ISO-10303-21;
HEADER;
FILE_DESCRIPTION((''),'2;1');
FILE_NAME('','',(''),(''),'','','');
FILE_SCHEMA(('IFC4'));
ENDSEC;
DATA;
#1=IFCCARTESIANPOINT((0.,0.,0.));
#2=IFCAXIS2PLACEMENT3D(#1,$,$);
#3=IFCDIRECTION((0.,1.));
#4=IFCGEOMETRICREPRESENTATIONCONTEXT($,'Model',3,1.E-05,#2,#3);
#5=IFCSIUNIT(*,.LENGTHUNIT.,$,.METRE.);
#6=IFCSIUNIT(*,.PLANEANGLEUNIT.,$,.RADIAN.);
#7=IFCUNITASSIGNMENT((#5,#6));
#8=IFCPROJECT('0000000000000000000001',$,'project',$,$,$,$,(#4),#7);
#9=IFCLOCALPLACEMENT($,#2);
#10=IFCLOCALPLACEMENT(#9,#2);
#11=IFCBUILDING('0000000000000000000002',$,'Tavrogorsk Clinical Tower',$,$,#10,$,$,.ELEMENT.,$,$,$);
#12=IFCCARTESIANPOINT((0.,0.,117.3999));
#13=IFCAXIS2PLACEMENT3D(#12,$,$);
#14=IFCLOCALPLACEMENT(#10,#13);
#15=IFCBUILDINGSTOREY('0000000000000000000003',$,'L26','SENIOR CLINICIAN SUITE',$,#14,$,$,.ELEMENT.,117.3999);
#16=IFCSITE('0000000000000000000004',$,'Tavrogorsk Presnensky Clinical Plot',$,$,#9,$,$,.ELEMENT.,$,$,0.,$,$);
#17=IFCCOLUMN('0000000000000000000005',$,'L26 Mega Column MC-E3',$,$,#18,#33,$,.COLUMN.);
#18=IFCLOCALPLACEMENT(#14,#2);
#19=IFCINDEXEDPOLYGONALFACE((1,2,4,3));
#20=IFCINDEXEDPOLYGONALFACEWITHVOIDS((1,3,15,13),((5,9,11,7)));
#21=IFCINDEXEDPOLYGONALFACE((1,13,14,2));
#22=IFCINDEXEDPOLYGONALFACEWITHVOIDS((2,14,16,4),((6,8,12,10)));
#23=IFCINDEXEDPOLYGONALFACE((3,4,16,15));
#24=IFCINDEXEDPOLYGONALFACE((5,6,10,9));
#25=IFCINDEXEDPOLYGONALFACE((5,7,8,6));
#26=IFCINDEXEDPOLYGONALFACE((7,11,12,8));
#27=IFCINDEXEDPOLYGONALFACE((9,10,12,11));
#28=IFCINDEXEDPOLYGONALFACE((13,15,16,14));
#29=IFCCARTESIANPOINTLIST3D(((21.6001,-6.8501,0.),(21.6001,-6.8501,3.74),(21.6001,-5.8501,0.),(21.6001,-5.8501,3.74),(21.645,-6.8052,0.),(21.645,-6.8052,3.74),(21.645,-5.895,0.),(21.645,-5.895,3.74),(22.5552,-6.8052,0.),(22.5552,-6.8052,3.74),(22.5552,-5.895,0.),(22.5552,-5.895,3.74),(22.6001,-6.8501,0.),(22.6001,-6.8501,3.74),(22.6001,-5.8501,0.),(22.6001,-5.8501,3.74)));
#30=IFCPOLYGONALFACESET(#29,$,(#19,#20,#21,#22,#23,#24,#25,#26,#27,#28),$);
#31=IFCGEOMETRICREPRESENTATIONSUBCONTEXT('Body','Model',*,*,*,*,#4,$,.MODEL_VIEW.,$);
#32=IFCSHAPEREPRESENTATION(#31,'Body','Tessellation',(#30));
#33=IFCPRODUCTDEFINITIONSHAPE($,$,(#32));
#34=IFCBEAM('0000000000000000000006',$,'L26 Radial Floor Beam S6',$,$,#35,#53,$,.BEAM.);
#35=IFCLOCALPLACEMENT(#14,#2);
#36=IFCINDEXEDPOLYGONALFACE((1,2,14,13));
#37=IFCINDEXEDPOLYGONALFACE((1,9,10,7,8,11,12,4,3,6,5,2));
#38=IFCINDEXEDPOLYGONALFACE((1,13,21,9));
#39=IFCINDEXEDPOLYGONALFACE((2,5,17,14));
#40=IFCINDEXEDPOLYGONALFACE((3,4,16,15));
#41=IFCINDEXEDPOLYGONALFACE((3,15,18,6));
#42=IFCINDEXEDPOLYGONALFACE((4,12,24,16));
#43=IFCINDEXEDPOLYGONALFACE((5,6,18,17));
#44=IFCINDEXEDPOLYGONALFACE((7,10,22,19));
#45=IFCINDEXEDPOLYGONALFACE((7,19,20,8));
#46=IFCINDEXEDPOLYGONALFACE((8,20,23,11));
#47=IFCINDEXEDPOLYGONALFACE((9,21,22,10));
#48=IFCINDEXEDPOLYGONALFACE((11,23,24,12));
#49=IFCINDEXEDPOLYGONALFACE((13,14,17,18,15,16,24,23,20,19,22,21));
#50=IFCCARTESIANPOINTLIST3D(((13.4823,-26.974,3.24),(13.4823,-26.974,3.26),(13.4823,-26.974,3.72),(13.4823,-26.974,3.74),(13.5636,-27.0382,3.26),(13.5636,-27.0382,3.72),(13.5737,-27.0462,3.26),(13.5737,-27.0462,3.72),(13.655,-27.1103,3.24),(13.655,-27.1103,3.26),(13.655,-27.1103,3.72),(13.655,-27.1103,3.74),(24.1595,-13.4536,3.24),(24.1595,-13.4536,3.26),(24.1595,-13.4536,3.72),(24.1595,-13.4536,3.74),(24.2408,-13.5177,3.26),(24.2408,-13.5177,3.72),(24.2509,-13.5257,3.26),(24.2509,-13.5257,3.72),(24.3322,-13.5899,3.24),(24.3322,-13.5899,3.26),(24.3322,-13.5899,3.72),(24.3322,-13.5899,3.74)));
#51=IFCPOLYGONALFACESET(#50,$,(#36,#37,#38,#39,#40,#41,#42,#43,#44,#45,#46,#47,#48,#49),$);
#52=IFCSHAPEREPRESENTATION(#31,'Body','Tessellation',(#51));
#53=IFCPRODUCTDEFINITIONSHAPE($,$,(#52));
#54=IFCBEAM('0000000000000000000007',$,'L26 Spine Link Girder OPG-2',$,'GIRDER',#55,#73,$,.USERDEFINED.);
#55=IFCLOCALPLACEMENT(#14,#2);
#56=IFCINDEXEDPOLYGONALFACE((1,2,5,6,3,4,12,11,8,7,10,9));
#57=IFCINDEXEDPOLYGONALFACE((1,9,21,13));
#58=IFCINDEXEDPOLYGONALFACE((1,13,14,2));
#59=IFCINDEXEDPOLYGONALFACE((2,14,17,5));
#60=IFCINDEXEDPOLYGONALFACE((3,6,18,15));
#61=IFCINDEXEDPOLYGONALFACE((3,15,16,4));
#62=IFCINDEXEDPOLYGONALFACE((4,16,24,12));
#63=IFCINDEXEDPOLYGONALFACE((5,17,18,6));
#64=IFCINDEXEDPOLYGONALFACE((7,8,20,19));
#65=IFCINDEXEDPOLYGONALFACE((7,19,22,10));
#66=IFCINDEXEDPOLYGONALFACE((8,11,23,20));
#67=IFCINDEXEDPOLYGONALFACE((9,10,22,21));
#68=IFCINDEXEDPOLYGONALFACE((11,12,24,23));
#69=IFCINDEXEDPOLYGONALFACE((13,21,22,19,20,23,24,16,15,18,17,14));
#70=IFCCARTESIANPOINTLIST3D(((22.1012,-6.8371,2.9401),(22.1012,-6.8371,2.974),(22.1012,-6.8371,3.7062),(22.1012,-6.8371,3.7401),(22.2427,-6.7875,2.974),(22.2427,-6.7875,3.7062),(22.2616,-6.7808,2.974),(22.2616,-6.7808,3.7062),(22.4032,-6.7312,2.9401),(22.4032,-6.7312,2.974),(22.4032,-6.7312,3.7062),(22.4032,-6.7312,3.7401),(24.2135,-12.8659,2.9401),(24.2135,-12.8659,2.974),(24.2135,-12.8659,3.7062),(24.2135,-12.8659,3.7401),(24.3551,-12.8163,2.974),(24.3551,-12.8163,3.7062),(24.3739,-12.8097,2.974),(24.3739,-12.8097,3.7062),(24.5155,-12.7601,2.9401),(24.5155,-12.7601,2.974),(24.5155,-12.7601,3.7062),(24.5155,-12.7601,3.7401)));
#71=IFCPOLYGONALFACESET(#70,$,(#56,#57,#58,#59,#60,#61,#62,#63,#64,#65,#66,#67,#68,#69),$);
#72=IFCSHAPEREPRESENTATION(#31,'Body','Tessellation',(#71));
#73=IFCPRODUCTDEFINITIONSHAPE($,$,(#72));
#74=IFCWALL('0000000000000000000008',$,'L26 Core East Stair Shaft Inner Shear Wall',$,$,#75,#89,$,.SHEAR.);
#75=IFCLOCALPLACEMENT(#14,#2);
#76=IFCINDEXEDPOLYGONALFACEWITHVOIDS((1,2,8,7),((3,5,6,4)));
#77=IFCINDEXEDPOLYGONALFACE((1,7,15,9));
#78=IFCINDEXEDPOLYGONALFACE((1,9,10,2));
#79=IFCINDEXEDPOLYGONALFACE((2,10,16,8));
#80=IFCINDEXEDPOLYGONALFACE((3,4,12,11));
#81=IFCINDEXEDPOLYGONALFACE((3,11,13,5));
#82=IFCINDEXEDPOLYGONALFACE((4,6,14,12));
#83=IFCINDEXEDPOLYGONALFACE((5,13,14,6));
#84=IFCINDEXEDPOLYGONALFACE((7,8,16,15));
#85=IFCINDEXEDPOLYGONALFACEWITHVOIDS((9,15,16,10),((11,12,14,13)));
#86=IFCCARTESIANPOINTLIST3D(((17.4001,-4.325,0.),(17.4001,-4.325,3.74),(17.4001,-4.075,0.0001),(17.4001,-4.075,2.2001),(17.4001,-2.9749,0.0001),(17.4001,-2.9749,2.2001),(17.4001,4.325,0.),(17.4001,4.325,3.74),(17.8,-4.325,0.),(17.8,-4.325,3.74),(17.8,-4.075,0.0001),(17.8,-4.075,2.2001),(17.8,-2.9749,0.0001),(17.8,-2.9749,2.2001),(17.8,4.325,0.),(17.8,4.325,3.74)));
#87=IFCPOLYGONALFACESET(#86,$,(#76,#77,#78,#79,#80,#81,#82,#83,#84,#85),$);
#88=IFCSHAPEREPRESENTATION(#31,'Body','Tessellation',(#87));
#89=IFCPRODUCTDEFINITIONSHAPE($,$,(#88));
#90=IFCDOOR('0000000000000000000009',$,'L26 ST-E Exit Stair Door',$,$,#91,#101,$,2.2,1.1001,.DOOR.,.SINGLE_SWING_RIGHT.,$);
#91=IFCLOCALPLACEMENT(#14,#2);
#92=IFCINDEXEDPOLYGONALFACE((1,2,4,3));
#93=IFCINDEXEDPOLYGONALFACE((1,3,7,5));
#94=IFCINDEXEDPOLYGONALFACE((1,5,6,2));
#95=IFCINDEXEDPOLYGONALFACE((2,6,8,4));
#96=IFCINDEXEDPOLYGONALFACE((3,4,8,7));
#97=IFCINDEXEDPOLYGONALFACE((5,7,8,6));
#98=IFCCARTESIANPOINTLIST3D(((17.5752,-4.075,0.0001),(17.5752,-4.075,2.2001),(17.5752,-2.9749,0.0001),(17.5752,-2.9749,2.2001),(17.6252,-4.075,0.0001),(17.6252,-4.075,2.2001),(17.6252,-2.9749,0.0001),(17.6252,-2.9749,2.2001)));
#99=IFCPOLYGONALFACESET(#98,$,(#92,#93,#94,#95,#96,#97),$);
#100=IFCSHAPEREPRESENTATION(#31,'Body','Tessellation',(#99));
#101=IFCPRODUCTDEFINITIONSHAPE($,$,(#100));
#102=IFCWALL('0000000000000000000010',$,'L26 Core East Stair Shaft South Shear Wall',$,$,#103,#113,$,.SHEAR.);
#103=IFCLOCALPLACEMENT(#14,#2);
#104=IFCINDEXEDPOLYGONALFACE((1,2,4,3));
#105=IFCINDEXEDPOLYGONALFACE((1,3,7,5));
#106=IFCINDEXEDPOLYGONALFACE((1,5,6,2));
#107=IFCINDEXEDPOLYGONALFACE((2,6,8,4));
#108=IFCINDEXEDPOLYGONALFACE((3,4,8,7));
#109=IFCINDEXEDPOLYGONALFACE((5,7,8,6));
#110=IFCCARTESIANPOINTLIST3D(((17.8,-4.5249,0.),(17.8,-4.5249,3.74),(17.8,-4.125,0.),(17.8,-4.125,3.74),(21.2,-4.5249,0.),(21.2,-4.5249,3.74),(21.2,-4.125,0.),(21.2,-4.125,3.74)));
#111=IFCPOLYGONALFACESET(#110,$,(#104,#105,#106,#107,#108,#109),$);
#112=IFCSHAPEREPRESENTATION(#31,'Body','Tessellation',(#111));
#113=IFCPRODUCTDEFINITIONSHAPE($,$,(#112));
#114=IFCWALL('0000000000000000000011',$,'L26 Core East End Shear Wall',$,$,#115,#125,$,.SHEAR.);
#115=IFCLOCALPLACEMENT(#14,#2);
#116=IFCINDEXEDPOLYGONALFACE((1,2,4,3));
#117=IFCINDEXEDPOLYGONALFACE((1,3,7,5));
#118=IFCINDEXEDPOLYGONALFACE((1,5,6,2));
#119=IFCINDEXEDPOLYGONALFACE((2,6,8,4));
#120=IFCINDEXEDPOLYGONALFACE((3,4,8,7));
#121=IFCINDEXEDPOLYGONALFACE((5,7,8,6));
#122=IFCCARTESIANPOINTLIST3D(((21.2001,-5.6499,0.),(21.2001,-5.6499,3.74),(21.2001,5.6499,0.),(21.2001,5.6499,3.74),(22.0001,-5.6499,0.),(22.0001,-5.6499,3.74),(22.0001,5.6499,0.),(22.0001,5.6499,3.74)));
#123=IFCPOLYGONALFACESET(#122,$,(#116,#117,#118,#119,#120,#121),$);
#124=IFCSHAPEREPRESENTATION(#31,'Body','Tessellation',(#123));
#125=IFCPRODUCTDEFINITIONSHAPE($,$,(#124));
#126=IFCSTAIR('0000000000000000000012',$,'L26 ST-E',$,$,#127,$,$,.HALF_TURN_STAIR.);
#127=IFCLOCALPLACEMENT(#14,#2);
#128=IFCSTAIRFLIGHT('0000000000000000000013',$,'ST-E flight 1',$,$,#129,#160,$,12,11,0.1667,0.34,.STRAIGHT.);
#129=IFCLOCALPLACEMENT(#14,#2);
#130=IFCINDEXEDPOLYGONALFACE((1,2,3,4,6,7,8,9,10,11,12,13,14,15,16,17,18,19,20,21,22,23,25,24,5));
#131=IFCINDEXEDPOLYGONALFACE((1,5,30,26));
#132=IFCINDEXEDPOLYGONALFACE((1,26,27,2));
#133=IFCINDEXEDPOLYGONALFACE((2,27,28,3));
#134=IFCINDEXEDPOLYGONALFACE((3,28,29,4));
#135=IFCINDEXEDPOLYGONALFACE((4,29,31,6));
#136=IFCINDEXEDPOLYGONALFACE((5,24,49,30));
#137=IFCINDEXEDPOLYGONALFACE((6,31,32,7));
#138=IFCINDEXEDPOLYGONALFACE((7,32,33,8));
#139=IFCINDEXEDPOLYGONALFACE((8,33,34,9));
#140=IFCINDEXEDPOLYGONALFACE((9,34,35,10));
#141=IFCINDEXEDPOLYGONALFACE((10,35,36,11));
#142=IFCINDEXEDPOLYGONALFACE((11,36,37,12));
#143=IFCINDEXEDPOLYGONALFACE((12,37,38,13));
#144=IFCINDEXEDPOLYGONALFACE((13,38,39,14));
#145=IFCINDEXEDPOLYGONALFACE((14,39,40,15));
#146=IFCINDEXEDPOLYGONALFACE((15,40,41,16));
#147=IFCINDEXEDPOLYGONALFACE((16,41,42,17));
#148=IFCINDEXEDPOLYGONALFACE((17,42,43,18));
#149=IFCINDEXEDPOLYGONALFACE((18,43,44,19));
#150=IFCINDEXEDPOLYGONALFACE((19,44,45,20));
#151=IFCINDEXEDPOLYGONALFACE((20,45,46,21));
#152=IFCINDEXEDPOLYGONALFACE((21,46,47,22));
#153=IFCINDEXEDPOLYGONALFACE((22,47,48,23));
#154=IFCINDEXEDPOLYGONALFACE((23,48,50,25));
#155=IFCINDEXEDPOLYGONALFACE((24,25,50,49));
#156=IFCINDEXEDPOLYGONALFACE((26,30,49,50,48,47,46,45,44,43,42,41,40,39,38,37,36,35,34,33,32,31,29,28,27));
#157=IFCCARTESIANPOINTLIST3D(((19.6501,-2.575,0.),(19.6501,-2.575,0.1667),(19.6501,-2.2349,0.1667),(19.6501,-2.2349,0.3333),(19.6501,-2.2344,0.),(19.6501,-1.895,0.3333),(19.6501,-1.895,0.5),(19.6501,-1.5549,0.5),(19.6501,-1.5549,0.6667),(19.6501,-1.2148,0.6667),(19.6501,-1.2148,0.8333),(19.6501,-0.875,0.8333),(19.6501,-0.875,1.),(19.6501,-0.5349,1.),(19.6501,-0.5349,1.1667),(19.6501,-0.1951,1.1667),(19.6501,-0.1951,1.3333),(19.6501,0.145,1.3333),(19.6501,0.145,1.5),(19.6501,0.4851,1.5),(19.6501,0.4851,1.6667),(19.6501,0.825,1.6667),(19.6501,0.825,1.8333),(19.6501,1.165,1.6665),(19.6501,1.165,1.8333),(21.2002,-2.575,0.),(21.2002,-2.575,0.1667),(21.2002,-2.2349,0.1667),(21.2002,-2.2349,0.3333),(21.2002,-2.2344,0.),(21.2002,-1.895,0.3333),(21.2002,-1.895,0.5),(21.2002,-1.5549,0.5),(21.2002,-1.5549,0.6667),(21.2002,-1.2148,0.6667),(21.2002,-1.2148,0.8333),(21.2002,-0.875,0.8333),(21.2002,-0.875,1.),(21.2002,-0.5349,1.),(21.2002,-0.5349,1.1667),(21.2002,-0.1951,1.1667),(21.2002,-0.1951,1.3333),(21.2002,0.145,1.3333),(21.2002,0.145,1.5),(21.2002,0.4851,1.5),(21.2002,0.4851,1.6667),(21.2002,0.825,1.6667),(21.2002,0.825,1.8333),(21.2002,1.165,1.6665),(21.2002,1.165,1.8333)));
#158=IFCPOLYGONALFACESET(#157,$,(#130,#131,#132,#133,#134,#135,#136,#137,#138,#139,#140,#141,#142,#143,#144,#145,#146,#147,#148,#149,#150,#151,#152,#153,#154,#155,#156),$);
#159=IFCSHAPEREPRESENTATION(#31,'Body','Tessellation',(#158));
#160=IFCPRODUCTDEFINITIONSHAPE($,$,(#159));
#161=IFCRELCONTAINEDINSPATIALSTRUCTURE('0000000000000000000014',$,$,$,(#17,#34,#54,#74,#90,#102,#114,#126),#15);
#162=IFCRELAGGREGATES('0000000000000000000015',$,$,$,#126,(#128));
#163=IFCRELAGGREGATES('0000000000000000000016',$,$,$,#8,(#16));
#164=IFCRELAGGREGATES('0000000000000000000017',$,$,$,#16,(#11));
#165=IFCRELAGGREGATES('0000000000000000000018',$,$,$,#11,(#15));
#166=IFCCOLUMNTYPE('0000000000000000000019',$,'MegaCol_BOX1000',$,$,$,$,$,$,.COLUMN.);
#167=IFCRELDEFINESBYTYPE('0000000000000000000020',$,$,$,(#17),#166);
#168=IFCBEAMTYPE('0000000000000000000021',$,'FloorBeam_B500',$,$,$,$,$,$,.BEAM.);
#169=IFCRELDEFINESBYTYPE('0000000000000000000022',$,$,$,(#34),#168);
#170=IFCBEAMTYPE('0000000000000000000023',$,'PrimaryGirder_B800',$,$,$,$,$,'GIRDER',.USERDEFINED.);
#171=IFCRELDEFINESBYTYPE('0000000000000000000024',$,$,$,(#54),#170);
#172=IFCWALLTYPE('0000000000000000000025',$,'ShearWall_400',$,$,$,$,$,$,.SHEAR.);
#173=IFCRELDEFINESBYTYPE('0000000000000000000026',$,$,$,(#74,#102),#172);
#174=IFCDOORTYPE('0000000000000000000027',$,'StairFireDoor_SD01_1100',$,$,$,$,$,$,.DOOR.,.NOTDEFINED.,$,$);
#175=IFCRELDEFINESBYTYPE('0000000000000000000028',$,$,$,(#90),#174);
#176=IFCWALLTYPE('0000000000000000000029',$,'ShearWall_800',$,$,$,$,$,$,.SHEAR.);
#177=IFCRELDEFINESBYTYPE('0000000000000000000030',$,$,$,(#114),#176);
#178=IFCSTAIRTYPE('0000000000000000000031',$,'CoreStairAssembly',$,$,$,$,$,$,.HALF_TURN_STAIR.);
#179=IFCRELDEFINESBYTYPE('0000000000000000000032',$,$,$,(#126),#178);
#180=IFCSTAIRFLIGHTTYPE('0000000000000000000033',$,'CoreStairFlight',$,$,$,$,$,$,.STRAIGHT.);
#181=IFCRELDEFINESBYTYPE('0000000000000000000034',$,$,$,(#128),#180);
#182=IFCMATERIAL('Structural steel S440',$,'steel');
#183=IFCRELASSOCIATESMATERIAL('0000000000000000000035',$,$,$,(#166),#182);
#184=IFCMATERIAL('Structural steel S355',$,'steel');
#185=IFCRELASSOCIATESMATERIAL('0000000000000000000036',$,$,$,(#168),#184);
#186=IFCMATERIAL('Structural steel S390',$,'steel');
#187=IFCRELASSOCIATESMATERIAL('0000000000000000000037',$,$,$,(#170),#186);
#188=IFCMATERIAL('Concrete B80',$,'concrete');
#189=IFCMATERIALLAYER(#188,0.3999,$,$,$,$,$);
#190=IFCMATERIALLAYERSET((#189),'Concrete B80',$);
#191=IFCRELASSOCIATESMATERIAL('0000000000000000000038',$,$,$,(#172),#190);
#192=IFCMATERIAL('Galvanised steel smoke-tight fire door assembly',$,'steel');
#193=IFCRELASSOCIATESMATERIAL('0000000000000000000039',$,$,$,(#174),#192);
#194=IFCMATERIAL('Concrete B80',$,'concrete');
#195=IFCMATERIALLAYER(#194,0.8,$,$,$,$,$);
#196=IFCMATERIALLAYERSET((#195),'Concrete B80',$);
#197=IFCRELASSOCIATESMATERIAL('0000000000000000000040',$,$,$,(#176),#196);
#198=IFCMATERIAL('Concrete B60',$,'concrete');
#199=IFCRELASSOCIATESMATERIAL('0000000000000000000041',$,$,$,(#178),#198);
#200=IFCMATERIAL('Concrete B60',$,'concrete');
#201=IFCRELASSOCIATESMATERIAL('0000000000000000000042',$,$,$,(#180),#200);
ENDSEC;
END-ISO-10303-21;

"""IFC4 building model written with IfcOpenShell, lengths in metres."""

from ifc_helpers import new_model, si_unit, direction, frame, frame_2d, origin, origin_2d, place, context, subcontext, project, spatial, polyline, rectangle, hollow_rectangle, i_section, outline, extrude, material, layer, layer_set, material_profile, profile_set, type_object, element, fill, aggregate, save


model = new_model("IFC4")

# Units and contexts
model_context = context("Model", 3, precision=1e-05, world=origin(), true_north=direction((0.0, 1.0)))
body_context = subcontext(model_context, "Body", "Model", "MODEL_VIEW")
ifc_project = project(units=[si_unit("LENGTHUNIT", "METRE"), si_unit("PLANEANGLEUNIT", "RADIAN")], contexts=[model_context])

# Site, building, storey
site_placement = place(None, origin())
site = spatial("IfcSite", under=ifc_project, at=site_placement, Name="Tavrogorsk Presnensky Clinical Plot", CompositionType="ELEMENT", RefElevation=0.0)
building_placement = place(site_placement, origin())
building = spatial("IfcBuilding", under=site, at=building_placement, Name="Tavrogorsk Clinical Tower", CompositionType="ELEMENT")
storey_placement = place(building_placement, frame((0.0, 0.0, 117.3999)))
storey = spatial("IfcBuildingStorey", under=building, at=storey_placement, Name="L26", Description="SENIOR CLINICIAN SUITE", CompositionType="ELEMENT", Elevation=117.3999)

# Column
ifc_material_1 = material(Name="Structural steel S440", Category="steel")
ifc_material_profile_1 = material_profile(ifc_material_1, hollow_rectangle(XDim=1.0, YDim=1.0, WallThickness=0.0449, at=origin_2d()), Name="BOX-1000x1000x45")
ifc_profile_set_1 = profile_set([ifc_material_profile_1], Name="Structural steel S440")
column_type = type_object("IfcColumnType", Name="MegaCol_BOX1000", PredefinedType="COLUMN", material=ifc_profile_set_1)
column_placement = place(storey_placement, frame((22.1001, -6.3501, 0.0), z_axis=(0.0, 0.0, 1.0), x_axis=(1.0, 0.0, 0.0)))
element("IfcColumn", 1, at=column_placement, inside=storey, type_object=column_type, Name="L26 Mega Column MC-E3", PredefinedType="COLUMN", context=body_context, shape_type="SweptSolid", body=[
    extrude(hollow_rectangle(XDim=1.0, YDim=1.0, WallThickness=0.0449, at=origin_2d()), origin(), (0.0, 0.0, 1.0), 3.74),
])

# Beams
ifc_material_2 = material(Name="Structural steel S355", Category="steel")
ifc_material_profile_2 = material_profile(ifc_material_2, i_section(OverallWidth=0.22, OverallDepth=0.5, WebThickness=0.0129, FlangeThickness=0.02, at=origin_2d()), Name="B-500x220x13x20")
ifc_profile_set_2 = profile_set([ifc_material_profile_2], Name="Structural steel S355")
beam_type_1 = type_object("IfcBeamType", Name="FloorBeam_B500", PredefinedType="BEAM", material=ifc_profile_set_2)
beam_1_placement = place(storey_placement, frame((24.2458, -13.5217, 3.49), z_axis=(-0.619757, -0.784794, 0.0), x_axis=(0.784794, -0.619757, 0.0)))
element("IfcBeam", 2, at=beam_1_placement, inside=storey, type_object=beam_type_1, Name="L26 Radial Floor Beam S6", PredefinedType="BEAM", context=body_context, shape_type="SweptSolid", body=[
    extrude(i_section(OverallWidth=0.22, OverallDepth=0.5, WebThickness=0.0129, FlangeThickness=0.02, at=origin_2d()), origin(), (0.0, 0.0, 1.0), 17.228),
])
ifc_material_3 = material(Name="Structural steel S390", Category="steel")
ifc_material_profile_3 = material_profile(ifc_material_3, i_section(OverallWidth=0.3201, OverallDepth=0.8, WebThickness=0.02, FlangeThickness=0.0339, at=origin_2d()), Name="B-800x320x20x34")
ifc_profile_set_3 = profile_set([ifc_material_profile_3], Name="Structural steel S390")
beam_type_2 = type_object("IfcBeamType", Name="PrimaryGirder_B800", ElementType="GIRDER", PredefinedType="USERDEFINED", material=ifc_profile_set_3)
beam_2_placement = place(storey_placement, frame((24.3645, -12.813, 3.3401), z_axis=(-0.33066, 0.94375, 0.0), x_axis=(-0.94375, -0.33066, 0.0)))
element("IfcBeam", 3, at=beam_2_placement, inside=storey, type_object=beam_type_2, Name="L26 Spine Link Girder OPG-2", ObjectType="GIRDER", PredefinedType="USERDEFINED", context=body_context, shape_type="SweptSolid", body=[
    extrude(i_section(OverallWidth=0.3201, OverallDepth=0.8, WebThickness=0.02, FlangeThickness=0.0339, at=origin_2d()), origin(), (0.0, 0.0, 1.0), 6.3882),
])

# Wall, opening, door
ifc_material_4 = material(Name="Concrete B80", Category="concrete")
ifc_layer_1 = layer(ifc_material_4, 0.3999)
ifc_layer_set_1 = layer_set([ifc_layer_1], Name="Concrete B80")
wall_type_1 = type_object("IfcWallType", Name="ShearWall_400", PredefinedType="SHEAR", material=ifc_layer_set_1)
wall_1_placement = place(storey_placement, frame((17.6001, -4.325, 0.0), z_axis=(0.0, 0.0, 1.0), x_axis=(0.0, 1.0, 0.0)))
wall_1 = element("IfcWall", 4, at=wall_1_placement, inside=storey, type_object=wall_type_1, Name="L26 Core East Stair Shaft Inner Shear Wall", PredefinedType="SHEAR", context=body_context, shape_type="SweptSolid", body=[
    extrude(rectangle(XDim=8.6499, YDim=0.3999, at=frame_2d((4.325, 0.0))), origin(), (0.0, 0.0, 1.0), 3.74),
])
opening_placement = place(wall_1_placement, frame((0.25, 0.0, 0.0)))
opening = element("IfcOpeningElement", 5, at=opening_placement, cuts=wall_1, PredefinedType="OPENING", context=body_context, shape_type="SweptSolid", body=[
    extrude(rectangle(XDim=1.1001, YDim=2.2, at=frame_2d((0.55, 1.1001))), frame((0.0, 0.21, 0.0), z_axis=(0.0, -1.0, 0.0), x_axis=(1.0, 0.0, 0.0)), (0.0, 0.0, 1.0), 0.4199),
])
ifc_material_5 = material(Name="Galvanised steel smoke-tight fire door assembly", Category="steel")
door_type = type_object("IfcDoorType", Name="StairFireDoor_SD01_1100", OperationType="NOTDEFINED", PredefinedType="DOOR", material=ifc_material_5)
door_placement = place(opening_placement, origin())
door = element("IfcDoor", 6, at=door_placement, inside=storey, type_object=door_type, Name="L26 ST-E Exit Stair Door", OperationType="SINGLE_SWING_RIGHT", OverallHeight=2.2, OverallWidth=1.1001, PredefinedType="DOOR", context=body_context, shape_type="SweptSolid", body=[
    extrude(rectangle(XDim=1.1001, YDim=2.2, at=frame_2d((0.55, 1.1001))), frame((0.0, 0.0249, 0.0), z_axis=(0.0, -1.0, 0.0), x_axis=(1.0, 0.0, 0.0)), (0.0, 0.0, 1.0), 0.05),
])
fill(opening, door)

# Walls
wall_2_placement = place(storey_placement, frame((17.8, -4.325, 0.0), z_axis=(0.0, 0.0, 1.0), x_axis=(1.0, 0.0, 0.0)))
element("IfcWall", 7, at=wall_2_placement, inside=storey, type_object=wall_type_1, Name="L26 Core East Stair Shaft South Shear Wall", PredefinedType="SHEAR", context=body_context, shape_type="SweptSolid", body=[
    extrude(rectangle(XDim=3.3999, YDim=0.3999, at=frame_2d((1.7, 0.0))), origin(), (0.0, 0.0, 1.0), 3.74),
])
ifc_material_6 = material(Name="Concrete B80", Category="concrete")
ifc_layer_2 = layer(ifc_material_6, 0.8)
ifc_layer_set_2 = layer_set([ifc_layer_2], Name="Concrete B80")
wall_type_2 = type_object("IfcWallType", Name="ShearWall_800", PredefinedType="SHEAR", material=ifc_layer_set_2)
wall_3_placement = place(storey_placement, frame((21.6001, -5.6499, 0.0), z_axis=(0.0, 0.0, 1.0), x_axis=(0.0, 1.0, 0.0)))
element("IfcWall", 8, at=wall_3_placement, inside=storey, type_object=wall_type_2, Name="L26 Core East End Shear Wall", PredefinedType="SHEAR", context=body_context, shape_type="SweptSolid", body=[
    extrude(rectangle(XDim=11.2998, YDim=0.8, at=frame_2d((5.6499, 0.0))), origin(), (0.0, 0.0, 1.0), 3.74),
])

# Stair, stair flight
ifc_material_7 = material(Name="Concrete B60", Category="concrete")
stair_type = type_object("IfcStairType", Name="CoreStairAssembly", PredefinedType="HALF_TURN_STAIR", material=ifc_material_7)
stair_placement = place(storey_placement, origin())
stair = element("IfcStair", 9, at=stair_placement, inside=storey, type_object=stair_type, Name="L26 ST-E", PredefinedType="HALF_TURN_STAIR")
ifc_material_8 = material(Name="Concrete B60", Category="concrete")
stair_flight_type = type_object("IfcStairFlightType", Name="CoreStairFlight", PredefinedType="STRAIGHT", material=ifc_material_8)
stair_flight_placement = place(storey_placement, frame((20.425, -2.575, 0.0), z_axis=(0.0, 0.0, 1.0), x_axis=(0.0, 1.0, 0.0)))
stair_flight = element("IfcStairFlight", 10, at=stair_flight_placement, type_object=stair_flight_type, Name="ST-E flight 1", NumberOfRisers=12, NumberOfTreads=11, PredefinedType="STRAIGHT", RiserHeight=0.1667, TreadLength=0.34, context=body_context, shape_type="SweptSolid", body=[
    extrude(outline(polyline([(0.0, 0.0), (0.0, 0.1667), (0.3401, 0.1667), (0.3401, 0.3333), (0.6799, 0.3333), (0.6799, 0.5), (1.02, 0.5), (1.02, 0.6667), (1.3601, 0.6667), (1.3601, 0.8333), (1.7, 0.8333), (1.7, 1.0), (2.04, 1.0), (2.04, 1.1667), (2.3799, 1.1667), (2.3799, 1.3333), (2.72, 1.3333), (2.72, 1.5), (3.0601, 1.5), (3.0601, 1.6667), (3.3999, 1.6667), (3.3999, 1.8333), (3.74, 1.8333), (3.74, 2.0), (3.74, 1.6665), (0.3406, 0.0), (0.0, 0.0)])), frame((0.0, 0.7749, 0.0), z_axis=(0.0, -1.0, 0.0), x_axis=(1.0, 0.0, 0.0)), (0.0, 0.0, 1.0), 1.55),
])
aggregate(stair, [stair_flight])

save(model, "model.ifc")
